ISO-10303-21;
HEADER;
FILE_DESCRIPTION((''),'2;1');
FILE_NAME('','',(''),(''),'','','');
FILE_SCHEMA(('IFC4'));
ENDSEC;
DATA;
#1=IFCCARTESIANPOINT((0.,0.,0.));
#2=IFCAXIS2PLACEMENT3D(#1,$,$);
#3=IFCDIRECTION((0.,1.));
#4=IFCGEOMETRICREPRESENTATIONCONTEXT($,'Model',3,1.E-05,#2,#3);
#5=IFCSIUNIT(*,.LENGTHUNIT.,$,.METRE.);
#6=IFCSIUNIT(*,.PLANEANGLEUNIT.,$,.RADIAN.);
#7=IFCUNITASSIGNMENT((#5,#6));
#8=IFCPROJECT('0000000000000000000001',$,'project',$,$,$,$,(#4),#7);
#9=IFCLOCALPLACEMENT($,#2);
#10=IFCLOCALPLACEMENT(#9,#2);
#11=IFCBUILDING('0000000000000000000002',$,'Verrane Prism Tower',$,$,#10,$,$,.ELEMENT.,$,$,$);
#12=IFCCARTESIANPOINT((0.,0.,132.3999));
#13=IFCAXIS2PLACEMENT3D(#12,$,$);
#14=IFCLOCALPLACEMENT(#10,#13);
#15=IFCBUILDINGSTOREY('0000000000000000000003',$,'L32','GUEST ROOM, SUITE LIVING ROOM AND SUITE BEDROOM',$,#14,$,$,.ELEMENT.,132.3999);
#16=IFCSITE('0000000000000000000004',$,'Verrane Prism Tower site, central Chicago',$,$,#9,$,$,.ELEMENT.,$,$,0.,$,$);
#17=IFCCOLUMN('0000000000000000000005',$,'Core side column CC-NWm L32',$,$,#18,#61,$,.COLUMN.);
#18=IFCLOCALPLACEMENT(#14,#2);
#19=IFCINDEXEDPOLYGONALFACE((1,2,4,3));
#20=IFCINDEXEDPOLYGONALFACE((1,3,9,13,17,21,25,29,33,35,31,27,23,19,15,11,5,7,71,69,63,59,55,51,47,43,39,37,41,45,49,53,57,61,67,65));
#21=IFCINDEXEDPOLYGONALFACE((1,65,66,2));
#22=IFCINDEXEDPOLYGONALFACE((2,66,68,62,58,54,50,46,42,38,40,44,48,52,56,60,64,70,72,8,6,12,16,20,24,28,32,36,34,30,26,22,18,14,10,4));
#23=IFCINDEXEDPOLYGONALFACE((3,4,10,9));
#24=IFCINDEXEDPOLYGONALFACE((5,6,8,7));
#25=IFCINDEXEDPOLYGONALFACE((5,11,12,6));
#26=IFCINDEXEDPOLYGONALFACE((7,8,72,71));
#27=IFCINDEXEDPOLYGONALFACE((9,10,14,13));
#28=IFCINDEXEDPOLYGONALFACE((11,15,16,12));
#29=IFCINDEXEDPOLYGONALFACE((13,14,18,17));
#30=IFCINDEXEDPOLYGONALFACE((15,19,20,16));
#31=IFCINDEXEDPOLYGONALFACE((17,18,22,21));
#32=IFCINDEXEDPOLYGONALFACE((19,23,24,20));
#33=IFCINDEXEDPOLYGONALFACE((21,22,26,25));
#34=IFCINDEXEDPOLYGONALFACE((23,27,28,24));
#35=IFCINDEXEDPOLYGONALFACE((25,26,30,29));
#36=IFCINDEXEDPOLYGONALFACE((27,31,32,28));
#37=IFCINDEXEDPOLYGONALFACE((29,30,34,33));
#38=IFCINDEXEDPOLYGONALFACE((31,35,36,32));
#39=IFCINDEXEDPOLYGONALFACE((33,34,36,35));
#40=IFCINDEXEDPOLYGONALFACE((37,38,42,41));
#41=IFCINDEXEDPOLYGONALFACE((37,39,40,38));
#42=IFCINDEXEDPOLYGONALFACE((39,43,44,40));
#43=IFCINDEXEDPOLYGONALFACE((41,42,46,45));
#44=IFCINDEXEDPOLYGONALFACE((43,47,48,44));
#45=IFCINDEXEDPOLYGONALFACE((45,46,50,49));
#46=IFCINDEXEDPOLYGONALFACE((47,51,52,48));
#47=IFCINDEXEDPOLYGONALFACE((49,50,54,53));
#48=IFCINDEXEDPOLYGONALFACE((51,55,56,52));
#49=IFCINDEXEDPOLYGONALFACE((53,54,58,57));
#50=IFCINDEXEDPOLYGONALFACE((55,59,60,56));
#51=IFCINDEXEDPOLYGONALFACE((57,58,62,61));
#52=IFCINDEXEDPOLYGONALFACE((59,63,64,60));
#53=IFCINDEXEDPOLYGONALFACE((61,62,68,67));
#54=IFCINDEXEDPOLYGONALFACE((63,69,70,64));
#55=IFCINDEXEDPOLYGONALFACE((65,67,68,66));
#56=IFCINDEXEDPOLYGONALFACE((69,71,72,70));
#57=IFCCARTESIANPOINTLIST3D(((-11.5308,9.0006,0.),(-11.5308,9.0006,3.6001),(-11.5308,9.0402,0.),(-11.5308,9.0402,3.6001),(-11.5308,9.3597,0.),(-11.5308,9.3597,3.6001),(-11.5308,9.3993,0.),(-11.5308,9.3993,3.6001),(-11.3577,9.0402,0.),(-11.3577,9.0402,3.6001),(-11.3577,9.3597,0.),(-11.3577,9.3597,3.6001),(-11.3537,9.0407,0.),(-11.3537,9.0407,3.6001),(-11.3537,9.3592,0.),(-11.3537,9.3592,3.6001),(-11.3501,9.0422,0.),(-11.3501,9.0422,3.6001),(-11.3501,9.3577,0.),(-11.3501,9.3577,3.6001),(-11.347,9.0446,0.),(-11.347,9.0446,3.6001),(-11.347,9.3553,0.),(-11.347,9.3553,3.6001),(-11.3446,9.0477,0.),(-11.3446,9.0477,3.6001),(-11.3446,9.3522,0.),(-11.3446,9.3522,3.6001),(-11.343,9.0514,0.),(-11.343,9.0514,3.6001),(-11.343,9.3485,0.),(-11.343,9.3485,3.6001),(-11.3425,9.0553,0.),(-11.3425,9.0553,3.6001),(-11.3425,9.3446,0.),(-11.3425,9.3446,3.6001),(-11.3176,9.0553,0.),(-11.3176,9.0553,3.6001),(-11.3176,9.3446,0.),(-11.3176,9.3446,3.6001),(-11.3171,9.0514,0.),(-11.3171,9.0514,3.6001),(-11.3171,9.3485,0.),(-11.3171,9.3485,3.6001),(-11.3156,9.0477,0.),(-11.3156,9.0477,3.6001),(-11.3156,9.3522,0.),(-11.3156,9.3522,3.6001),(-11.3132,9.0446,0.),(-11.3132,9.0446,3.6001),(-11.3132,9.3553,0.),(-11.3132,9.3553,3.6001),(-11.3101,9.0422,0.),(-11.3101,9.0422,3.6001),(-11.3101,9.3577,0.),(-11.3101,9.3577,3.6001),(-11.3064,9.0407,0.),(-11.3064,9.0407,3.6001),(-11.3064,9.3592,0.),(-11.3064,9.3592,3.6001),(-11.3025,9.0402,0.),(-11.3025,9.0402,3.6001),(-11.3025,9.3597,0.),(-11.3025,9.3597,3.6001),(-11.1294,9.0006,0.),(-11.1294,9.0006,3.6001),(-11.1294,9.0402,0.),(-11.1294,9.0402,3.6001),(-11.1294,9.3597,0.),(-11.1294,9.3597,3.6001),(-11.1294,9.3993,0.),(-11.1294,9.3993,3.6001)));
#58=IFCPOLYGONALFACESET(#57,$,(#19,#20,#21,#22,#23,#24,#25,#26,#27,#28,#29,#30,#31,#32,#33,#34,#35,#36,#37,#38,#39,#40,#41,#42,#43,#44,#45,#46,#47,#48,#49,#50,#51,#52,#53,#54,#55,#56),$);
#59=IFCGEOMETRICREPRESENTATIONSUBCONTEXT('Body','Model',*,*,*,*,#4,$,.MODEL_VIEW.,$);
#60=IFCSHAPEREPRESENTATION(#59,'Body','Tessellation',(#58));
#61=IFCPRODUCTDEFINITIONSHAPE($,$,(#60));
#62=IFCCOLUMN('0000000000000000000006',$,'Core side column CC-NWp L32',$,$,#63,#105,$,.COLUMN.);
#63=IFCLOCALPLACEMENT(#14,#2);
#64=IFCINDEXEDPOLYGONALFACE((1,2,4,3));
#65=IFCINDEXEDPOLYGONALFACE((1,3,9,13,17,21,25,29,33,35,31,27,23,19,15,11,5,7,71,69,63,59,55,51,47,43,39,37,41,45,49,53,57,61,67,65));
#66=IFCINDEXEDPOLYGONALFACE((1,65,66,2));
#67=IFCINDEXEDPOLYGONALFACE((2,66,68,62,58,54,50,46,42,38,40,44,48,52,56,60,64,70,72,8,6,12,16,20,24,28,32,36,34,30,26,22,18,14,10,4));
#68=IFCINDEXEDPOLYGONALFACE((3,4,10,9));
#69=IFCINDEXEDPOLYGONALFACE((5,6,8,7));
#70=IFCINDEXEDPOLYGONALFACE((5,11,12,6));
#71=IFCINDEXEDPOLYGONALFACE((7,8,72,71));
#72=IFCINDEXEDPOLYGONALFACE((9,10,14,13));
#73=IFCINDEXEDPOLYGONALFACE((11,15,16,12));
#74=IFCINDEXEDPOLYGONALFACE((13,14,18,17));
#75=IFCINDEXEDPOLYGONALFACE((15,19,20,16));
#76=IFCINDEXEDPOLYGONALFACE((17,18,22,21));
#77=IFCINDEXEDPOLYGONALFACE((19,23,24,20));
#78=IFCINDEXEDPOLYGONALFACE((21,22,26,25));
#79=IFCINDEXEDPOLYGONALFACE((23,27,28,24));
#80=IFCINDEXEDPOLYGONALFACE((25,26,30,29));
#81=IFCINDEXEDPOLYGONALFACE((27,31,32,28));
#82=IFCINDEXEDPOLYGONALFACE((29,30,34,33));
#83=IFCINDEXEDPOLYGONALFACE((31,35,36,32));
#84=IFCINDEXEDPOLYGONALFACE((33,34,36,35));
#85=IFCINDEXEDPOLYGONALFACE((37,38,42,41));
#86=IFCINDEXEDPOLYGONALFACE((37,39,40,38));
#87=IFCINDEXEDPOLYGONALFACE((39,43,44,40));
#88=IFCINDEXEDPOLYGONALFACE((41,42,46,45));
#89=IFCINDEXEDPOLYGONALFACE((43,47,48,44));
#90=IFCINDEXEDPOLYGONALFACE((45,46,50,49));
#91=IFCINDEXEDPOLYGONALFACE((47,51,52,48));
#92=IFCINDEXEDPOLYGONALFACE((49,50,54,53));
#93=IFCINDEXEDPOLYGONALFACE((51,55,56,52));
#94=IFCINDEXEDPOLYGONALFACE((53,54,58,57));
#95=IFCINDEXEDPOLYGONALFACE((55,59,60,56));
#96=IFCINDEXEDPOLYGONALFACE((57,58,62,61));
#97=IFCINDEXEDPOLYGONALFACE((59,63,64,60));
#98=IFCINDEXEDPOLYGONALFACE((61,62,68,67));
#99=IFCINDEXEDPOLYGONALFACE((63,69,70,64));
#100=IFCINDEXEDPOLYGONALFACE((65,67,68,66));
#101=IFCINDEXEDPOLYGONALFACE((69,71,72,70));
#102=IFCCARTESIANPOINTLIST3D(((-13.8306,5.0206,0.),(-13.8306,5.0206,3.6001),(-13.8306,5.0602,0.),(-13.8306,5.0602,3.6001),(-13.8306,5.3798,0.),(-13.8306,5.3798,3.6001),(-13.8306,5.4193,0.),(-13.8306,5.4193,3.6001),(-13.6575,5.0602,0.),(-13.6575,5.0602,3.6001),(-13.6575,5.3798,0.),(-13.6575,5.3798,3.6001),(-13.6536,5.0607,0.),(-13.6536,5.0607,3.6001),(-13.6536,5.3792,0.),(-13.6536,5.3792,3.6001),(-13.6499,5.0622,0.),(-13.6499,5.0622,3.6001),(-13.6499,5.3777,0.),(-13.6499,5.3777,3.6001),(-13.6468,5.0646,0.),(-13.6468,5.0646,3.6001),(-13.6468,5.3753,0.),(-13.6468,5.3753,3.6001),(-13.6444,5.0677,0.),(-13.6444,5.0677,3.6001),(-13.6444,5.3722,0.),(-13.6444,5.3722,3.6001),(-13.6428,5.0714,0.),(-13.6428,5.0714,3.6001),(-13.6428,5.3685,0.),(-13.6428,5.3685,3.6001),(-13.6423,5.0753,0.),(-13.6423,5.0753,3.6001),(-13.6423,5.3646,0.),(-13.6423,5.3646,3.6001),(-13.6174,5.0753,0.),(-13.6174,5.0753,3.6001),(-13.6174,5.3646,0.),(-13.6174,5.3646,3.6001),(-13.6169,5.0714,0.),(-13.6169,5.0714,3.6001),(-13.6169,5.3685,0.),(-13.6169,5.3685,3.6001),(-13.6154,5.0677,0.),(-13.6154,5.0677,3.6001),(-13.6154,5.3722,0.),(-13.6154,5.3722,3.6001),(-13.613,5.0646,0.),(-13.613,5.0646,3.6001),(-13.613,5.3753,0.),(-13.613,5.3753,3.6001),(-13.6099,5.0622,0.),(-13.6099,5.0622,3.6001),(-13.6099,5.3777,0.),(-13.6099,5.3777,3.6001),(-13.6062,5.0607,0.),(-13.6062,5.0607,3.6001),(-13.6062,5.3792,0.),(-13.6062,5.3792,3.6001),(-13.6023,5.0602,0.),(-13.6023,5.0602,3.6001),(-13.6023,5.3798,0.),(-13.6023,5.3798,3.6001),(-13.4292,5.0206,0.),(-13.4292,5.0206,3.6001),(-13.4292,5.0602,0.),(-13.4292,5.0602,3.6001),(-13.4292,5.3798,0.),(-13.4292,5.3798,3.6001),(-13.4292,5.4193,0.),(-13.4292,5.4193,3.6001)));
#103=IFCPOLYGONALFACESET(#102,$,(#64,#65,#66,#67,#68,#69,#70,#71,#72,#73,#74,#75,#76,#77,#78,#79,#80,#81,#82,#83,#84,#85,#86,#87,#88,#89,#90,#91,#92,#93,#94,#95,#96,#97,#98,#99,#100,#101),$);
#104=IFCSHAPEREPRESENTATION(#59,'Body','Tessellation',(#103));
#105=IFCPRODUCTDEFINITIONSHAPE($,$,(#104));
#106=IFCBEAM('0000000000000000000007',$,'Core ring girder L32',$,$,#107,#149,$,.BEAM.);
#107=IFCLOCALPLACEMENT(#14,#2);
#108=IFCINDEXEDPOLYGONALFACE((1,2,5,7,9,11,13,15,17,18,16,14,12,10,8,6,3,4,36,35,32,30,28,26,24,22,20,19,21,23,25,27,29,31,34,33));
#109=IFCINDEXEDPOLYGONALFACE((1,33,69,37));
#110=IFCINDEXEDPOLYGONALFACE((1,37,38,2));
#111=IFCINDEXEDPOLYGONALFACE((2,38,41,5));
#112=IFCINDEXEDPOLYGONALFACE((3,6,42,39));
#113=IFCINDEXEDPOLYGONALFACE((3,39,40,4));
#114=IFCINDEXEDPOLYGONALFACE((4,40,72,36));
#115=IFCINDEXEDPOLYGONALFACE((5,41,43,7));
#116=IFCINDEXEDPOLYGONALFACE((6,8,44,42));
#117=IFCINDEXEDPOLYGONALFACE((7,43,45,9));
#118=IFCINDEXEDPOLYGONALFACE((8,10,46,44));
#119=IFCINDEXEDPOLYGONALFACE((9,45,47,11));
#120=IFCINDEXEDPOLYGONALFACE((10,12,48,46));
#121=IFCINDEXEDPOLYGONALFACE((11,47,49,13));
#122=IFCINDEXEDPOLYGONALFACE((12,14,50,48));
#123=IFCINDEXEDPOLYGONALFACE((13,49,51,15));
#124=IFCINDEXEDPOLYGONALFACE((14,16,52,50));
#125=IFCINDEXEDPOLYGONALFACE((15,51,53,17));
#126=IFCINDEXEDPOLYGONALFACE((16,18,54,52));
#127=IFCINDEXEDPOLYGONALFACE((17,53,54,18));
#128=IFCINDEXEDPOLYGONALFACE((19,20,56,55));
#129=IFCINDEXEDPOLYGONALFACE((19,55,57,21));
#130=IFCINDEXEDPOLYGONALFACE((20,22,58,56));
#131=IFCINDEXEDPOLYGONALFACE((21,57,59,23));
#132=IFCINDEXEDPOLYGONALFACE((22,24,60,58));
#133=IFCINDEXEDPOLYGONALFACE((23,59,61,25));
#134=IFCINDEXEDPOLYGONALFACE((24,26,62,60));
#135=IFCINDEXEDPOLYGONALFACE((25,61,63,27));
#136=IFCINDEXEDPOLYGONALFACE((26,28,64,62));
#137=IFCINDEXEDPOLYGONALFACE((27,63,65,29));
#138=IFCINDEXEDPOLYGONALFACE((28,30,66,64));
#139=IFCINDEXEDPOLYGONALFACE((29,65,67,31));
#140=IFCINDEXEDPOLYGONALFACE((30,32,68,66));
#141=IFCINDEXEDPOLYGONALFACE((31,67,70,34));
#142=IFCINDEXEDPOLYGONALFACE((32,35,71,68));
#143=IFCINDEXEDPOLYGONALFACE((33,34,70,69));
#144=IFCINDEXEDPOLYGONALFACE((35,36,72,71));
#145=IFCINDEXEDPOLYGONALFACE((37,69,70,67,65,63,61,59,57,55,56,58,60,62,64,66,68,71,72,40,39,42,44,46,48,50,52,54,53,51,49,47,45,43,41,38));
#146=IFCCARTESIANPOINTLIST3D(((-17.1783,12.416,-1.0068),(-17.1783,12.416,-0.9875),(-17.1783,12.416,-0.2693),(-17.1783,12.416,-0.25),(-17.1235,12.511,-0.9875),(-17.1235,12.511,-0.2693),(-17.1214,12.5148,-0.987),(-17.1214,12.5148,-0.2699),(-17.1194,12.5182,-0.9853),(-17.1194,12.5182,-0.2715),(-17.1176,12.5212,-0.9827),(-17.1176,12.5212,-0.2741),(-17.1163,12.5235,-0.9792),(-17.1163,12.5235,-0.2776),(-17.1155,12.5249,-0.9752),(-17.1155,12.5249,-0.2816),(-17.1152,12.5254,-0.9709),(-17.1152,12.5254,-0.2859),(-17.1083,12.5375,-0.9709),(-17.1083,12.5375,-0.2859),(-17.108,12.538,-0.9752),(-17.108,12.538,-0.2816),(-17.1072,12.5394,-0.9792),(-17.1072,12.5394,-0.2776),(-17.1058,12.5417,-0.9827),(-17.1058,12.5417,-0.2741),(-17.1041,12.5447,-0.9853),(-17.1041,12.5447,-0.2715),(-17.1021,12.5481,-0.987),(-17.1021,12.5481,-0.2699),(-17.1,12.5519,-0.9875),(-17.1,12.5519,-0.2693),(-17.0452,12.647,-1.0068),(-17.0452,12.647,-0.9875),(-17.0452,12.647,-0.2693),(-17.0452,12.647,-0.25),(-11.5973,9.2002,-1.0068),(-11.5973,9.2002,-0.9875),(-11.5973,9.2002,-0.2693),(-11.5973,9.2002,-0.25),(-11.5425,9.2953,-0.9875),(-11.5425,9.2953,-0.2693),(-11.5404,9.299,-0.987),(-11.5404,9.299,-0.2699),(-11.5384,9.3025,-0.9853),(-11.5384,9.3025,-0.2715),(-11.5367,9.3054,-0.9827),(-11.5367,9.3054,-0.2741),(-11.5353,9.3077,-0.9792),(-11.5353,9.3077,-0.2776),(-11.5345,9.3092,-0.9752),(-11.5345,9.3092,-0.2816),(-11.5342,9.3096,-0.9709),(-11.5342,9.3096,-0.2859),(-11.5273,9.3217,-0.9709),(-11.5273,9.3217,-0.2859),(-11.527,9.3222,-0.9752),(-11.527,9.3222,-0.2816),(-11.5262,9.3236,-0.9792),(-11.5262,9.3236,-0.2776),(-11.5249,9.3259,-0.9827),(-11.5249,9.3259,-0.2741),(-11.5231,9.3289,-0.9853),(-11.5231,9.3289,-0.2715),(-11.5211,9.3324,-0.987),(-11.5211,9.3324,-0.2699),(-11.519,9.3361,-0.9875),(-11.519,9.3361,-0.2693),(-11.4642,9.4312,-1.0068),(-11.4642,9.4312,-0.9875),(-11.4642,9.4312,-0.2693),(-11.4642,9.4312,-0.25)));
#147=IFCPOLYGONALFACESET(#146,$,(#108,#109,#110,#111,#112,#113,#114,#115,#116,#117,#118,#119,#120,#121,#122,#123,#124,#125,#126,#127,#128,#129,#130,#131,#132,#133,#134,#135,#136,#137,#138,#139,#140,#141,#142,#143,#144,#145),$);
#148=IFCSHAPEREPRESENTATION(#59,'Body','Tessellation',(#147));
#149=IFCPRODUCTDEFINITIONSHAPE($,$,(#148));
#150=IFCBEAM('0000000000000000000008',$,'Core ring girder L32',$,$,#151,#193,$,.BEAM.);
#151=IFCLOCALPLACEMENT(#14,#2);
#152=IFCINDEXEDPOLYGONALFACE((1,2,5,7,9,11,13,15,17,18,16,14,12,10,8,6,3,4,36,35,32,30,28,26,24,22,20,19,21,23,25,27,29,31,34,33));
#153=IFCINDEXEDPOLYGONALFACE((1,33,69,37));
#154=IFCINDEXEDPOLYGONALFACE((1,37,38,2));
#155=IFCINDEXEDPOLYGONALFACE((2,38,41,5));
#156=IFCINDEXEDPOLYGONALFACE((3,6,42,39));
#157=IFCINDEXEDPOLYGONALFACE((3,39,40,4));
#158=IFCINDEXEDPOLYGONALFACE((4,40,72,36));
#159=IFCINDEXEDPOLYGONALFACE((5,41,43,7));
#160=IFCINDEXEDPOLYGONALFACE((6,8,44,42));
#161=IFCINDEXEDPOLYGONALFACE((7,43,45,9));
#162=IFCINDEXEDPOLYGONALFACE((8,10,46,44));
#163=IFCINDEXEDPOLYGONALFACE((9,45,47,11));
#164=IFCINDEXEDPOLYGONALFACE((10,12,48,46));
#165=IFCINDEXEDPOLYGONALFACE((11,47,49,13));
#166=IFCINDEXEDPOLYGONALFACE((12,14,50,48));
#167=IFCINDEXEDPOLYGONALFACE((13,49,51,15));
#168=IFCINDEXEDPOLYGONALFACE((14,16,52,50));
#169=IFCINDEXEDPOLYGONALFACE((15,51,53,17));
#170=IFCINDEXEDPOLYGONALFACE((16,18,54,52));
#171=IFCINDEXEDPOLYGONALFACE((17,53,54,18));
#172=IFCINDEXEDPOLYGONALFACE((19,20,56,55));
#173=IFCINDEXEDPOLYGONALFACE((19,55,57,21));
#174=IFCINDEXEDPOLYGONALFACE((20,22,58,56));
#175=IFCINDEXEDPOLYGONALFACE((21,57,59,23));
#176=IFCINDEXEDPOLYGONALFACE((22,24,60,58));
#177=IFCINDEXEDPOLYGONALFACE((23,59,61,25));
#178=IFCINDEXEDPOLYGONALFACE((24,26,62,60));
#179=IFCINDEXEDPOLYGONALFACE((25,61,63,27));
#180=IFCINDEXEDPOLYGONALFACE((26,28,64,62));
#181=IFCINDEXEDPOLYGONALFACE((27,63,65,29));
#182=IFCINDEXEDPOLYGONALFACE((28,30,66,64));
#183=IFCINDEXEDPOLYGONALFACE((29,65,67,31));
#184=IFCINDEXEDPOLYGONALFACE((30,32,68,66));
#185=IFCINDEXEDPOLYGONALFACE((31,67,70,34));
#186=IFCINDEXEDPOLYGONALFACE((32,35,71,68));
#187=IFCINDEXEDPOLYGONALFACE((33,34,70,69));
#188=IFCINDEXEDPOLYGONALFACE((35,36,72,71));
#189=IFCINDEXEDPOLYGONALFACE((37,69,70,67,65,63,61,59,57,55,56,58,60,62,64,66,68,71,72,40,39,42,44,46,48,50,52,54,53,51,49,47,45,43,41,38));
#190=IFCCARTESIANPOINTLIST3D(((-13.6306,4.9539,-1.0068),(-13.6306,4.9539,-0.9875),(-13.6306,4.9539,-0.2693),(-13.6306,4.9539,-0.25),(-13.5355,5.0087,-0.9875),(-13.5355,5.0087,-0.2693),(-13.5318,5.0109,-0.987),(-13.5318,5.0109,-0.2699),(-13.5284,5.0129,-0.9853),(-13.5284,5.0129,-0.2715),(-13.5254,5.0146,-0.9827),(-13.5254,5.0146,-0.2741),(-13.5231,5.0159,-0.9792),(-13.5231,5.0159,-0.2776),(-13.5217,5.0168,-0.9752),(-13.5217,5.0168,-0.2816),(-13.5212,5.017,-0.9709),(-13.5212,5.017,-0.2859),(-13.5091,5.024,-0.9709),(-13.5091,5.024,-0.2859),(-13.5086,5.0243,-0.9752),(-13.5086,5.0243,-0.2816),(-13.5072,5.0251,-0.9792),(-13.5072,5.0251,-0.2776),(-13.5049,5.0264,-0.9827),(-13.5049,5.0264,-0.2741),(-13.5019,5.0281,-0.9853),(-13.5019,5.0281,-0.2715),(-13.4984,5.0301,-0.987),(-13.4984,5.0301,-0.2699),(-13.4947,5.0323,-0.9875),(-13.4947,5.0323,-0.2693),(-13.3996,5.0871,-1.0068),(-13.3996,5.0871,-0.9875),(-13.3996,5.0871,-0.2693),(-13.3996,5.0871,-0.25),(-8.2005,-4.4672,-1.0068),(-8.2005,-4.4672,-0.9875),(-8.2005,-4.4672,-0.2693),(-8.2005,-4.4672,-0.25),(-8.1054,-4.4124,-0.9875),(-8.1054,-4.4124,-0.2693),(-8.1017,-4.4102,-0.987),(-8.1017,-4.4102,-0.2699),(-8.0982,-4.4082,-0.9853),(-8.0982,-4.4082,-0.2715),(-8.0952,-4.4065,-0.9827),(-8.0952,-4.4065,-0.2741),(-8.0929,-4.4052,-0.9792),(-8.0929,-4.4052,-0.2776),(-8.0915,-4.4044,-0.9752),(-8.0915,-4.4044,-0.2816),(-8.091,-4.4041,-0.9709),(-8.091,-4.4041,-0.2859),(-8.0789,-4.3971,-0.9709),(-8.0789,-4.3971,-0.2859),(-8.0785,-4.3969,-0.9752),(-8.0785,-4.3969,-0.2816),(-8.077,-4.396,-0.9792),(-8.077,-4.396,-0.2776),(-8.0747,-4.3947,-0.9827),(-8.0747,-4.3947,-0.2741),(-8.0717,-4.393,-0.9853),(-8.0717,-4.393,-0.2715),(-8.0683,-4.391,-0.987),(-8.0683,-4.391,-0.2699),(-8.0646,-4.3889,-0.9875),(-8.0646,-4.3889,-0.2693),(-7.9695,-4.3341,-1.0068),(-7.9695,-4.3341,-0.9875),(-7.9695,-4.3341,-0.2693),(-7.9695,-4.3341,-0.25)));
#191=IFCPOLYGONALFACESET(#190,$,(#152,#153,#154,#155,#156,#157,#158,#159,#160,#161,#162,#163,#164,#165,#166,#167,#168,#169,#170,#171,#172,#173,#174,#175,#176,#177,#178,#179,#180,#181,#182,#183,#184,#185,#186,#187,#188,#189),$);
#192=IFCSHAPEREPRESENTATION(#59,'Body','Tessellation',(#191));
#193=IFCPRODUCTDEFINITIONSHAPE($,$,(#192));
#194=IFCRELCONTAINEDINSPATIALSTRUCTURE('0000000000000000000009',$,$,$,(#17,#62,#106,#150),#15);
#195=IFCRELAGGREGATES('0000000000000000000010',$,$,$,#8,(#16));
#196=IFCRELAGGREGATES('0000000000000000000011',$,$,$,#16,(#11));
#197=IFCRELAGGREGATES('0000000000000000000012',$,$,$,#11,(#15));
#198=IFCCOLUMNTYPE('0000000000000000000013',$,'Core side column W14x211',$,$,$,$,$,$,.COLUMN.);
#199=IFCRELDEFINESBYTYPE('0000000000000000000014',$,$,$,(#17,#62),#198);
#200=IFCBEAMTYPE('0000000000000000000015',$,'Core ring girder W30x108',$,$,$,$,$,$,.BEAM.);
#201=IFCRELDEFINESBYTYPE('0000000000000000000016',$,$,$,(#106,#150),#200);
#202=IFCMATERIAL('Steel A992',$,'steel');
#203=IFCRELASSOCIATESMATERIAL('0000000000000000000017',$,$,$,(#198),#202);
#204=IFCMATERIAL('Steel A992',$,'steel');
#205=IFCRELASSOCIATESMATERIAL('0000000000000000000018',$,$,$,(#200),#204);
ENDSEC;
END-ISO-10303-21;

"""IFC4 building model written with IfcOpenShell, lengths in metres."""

from ifc_helpers import new_model, si_unit, direction, frame, origin, origin_2d, place, context, subcontext, project, spatial, i_section, extrude, material, material_profile, profile_set, type_object, element, save


model = new_model("IFC4")

# Units and contexts
model_context = context("Model", 3, precision=1e-05, world=origin(), true_north=direction((0.0, 1.0)))
body_context = subcontext(model_context, "Body", "Model", "MODEL_VIEW")
ifc_project = project(units=[si_unit("LENGTHUNIT", "METRE"), si_unit("PLANEANGLEUNIT", "RADIAN")], contexts=[model_context])

# Site, building, storey
site_placement = place(None, origin())
site = spatial("IfcSite", under=ifc_project, at=site_placement, Name="Verrane Prism Tower site, central Chicago", CompositionType="ELEMENT", RefElevation=0.0)
building_placement = place(site_placement, origin())
building = spatial("IfcBuilding", under=site, at=building_placement, Name="Verrane Prism Tower", CompositionType="ELEMENT")
storey_placement = place(building_placement, frame((0.0, 0.0, 132.3999)))
storey = spatial("IfcBuildingStorey", under=building, at=storey_placement, Name="L32", Description="GUEST ROOM, SUITE LIVING ROOM AND SUITE BEDROOM", CompositionType="ELEMENT", Elevation=132.3999)

# Columns
ifc_material_1 = material(Name="Steel A992", Category="steel")
ifc_material_profile_1 = material_profile(ifc_material_1, i_section(OverallWidth=0.4014, OverallDepth=0.3987, WebThickness=0.0249, FlangeThickness=0.0396, FilletRadius=0.0151, at=origin_2d()), Name="W14x211")
ifc_profile_set_1 = profile_set([ifc_material_profile_1], Name="Steel A992")
column_type = type_object("IfcColumnType", Name="Core side column W14x211", PredefinedType="COLUMN", material=ifc_profile_set_1)
for number, where, z_axis, x_axis, name in (
    (1, (-11.3301, 9.2, 0.0), (0.0, 0.0, 1.0), (1.0, 0.0, 0.0), "Core side column CC-NWm L32"),
    (2, (-13.6299, 5.22, 0.0), (0.0, 0.0, 1.0), (1.0, 0.0, 0.0), "Core side column CC-NWp L32"),
):
    element("IfcColumn", number, at=place(storey_placement, frame(where, z_axis=z_axis, x_axis=x_axis)), inside=storey, type_object=column_type, Name=name, PredefinedType="COLUMN", context=body_context, shape_type="SweptSolid", body=[
        extrude(i_section(OverallWidth=0.4014, OverallDepth=0.3987, WebThickness=0.0249, FlangeThickness=0.0396, FilletRadius=0.0151, at=origin_2d()), origin(), (0.0, 0.0, 1.0), 3.6001),
    ])

# Beams
ifc_material_2 = material(Name="Steel A992", Category="steel")
ifc_material_profile_2 = material_profile(ifc_material_2, i_section(OverallWidth=0.2666, OverallDepth=0.7568, WebThickness=0.0139, FlangeThickness=0.0193, FilletRadius=0.0166, at=origin_2d()), Name="W30x108")
ifc_profile_set_2 = profile_set([ifc_material_profile_2], Name="Steel A992")
beam_type_1 = type_object("IfcBeamType", Name="Core ring girder W30x108", PredefinedType="BEAM", material=ifc_profile_set_2)
beam_1_placement = place(storey_placement, frame((-11.5308, 9.3157, -0.6284), z_axis=(-0.866456, 0.499254, 0.0), x_axis=(-0.499254, -0.866456, 0.0)))
element("IfcBeam", 3, at=beam_1_placement, inside=storey, type_object=beam_type_1, Name="Core ring girder L32", PredefinedType="BEAM", context=body_context, shape_type="SweptSolid", body=[
    extrude(i_section(OverallWidth=0.2666, OverallDepth=0.7568, WebThickness=0.0139, FlangeThickness=0.0193, FilletRadius=0.0166, at=origin_2d()), origin(), (0.0, 0.0, 1.0), 6.4412),
])
beam_2_placement = place(storey_placement, frame((-13.5151, 5.0205, -0.6284), z_axis=(0.499371, -0.866388, 0.0), x_axis=(0.866388, 0.499371, 0.0)))
element("IfcBeam", 4, at=beam_2_placement, inside=storey, type_object=beam_type_1, Name="Core ring girder L32", PredefinedType="BEAM", context=body_context, shape_type="SweptSolid", body=[
    extrude(i_section(OverallWidth=0.2666, OverallDepth=0.7568, WebThickness=0.0139, FlangeThickness=0.0193, FilletRadius=0.0166, at=origin_2d()), origin(), (0.0, 0.0, 1.0), 10.874),
])

save(model, "model.ifc")
